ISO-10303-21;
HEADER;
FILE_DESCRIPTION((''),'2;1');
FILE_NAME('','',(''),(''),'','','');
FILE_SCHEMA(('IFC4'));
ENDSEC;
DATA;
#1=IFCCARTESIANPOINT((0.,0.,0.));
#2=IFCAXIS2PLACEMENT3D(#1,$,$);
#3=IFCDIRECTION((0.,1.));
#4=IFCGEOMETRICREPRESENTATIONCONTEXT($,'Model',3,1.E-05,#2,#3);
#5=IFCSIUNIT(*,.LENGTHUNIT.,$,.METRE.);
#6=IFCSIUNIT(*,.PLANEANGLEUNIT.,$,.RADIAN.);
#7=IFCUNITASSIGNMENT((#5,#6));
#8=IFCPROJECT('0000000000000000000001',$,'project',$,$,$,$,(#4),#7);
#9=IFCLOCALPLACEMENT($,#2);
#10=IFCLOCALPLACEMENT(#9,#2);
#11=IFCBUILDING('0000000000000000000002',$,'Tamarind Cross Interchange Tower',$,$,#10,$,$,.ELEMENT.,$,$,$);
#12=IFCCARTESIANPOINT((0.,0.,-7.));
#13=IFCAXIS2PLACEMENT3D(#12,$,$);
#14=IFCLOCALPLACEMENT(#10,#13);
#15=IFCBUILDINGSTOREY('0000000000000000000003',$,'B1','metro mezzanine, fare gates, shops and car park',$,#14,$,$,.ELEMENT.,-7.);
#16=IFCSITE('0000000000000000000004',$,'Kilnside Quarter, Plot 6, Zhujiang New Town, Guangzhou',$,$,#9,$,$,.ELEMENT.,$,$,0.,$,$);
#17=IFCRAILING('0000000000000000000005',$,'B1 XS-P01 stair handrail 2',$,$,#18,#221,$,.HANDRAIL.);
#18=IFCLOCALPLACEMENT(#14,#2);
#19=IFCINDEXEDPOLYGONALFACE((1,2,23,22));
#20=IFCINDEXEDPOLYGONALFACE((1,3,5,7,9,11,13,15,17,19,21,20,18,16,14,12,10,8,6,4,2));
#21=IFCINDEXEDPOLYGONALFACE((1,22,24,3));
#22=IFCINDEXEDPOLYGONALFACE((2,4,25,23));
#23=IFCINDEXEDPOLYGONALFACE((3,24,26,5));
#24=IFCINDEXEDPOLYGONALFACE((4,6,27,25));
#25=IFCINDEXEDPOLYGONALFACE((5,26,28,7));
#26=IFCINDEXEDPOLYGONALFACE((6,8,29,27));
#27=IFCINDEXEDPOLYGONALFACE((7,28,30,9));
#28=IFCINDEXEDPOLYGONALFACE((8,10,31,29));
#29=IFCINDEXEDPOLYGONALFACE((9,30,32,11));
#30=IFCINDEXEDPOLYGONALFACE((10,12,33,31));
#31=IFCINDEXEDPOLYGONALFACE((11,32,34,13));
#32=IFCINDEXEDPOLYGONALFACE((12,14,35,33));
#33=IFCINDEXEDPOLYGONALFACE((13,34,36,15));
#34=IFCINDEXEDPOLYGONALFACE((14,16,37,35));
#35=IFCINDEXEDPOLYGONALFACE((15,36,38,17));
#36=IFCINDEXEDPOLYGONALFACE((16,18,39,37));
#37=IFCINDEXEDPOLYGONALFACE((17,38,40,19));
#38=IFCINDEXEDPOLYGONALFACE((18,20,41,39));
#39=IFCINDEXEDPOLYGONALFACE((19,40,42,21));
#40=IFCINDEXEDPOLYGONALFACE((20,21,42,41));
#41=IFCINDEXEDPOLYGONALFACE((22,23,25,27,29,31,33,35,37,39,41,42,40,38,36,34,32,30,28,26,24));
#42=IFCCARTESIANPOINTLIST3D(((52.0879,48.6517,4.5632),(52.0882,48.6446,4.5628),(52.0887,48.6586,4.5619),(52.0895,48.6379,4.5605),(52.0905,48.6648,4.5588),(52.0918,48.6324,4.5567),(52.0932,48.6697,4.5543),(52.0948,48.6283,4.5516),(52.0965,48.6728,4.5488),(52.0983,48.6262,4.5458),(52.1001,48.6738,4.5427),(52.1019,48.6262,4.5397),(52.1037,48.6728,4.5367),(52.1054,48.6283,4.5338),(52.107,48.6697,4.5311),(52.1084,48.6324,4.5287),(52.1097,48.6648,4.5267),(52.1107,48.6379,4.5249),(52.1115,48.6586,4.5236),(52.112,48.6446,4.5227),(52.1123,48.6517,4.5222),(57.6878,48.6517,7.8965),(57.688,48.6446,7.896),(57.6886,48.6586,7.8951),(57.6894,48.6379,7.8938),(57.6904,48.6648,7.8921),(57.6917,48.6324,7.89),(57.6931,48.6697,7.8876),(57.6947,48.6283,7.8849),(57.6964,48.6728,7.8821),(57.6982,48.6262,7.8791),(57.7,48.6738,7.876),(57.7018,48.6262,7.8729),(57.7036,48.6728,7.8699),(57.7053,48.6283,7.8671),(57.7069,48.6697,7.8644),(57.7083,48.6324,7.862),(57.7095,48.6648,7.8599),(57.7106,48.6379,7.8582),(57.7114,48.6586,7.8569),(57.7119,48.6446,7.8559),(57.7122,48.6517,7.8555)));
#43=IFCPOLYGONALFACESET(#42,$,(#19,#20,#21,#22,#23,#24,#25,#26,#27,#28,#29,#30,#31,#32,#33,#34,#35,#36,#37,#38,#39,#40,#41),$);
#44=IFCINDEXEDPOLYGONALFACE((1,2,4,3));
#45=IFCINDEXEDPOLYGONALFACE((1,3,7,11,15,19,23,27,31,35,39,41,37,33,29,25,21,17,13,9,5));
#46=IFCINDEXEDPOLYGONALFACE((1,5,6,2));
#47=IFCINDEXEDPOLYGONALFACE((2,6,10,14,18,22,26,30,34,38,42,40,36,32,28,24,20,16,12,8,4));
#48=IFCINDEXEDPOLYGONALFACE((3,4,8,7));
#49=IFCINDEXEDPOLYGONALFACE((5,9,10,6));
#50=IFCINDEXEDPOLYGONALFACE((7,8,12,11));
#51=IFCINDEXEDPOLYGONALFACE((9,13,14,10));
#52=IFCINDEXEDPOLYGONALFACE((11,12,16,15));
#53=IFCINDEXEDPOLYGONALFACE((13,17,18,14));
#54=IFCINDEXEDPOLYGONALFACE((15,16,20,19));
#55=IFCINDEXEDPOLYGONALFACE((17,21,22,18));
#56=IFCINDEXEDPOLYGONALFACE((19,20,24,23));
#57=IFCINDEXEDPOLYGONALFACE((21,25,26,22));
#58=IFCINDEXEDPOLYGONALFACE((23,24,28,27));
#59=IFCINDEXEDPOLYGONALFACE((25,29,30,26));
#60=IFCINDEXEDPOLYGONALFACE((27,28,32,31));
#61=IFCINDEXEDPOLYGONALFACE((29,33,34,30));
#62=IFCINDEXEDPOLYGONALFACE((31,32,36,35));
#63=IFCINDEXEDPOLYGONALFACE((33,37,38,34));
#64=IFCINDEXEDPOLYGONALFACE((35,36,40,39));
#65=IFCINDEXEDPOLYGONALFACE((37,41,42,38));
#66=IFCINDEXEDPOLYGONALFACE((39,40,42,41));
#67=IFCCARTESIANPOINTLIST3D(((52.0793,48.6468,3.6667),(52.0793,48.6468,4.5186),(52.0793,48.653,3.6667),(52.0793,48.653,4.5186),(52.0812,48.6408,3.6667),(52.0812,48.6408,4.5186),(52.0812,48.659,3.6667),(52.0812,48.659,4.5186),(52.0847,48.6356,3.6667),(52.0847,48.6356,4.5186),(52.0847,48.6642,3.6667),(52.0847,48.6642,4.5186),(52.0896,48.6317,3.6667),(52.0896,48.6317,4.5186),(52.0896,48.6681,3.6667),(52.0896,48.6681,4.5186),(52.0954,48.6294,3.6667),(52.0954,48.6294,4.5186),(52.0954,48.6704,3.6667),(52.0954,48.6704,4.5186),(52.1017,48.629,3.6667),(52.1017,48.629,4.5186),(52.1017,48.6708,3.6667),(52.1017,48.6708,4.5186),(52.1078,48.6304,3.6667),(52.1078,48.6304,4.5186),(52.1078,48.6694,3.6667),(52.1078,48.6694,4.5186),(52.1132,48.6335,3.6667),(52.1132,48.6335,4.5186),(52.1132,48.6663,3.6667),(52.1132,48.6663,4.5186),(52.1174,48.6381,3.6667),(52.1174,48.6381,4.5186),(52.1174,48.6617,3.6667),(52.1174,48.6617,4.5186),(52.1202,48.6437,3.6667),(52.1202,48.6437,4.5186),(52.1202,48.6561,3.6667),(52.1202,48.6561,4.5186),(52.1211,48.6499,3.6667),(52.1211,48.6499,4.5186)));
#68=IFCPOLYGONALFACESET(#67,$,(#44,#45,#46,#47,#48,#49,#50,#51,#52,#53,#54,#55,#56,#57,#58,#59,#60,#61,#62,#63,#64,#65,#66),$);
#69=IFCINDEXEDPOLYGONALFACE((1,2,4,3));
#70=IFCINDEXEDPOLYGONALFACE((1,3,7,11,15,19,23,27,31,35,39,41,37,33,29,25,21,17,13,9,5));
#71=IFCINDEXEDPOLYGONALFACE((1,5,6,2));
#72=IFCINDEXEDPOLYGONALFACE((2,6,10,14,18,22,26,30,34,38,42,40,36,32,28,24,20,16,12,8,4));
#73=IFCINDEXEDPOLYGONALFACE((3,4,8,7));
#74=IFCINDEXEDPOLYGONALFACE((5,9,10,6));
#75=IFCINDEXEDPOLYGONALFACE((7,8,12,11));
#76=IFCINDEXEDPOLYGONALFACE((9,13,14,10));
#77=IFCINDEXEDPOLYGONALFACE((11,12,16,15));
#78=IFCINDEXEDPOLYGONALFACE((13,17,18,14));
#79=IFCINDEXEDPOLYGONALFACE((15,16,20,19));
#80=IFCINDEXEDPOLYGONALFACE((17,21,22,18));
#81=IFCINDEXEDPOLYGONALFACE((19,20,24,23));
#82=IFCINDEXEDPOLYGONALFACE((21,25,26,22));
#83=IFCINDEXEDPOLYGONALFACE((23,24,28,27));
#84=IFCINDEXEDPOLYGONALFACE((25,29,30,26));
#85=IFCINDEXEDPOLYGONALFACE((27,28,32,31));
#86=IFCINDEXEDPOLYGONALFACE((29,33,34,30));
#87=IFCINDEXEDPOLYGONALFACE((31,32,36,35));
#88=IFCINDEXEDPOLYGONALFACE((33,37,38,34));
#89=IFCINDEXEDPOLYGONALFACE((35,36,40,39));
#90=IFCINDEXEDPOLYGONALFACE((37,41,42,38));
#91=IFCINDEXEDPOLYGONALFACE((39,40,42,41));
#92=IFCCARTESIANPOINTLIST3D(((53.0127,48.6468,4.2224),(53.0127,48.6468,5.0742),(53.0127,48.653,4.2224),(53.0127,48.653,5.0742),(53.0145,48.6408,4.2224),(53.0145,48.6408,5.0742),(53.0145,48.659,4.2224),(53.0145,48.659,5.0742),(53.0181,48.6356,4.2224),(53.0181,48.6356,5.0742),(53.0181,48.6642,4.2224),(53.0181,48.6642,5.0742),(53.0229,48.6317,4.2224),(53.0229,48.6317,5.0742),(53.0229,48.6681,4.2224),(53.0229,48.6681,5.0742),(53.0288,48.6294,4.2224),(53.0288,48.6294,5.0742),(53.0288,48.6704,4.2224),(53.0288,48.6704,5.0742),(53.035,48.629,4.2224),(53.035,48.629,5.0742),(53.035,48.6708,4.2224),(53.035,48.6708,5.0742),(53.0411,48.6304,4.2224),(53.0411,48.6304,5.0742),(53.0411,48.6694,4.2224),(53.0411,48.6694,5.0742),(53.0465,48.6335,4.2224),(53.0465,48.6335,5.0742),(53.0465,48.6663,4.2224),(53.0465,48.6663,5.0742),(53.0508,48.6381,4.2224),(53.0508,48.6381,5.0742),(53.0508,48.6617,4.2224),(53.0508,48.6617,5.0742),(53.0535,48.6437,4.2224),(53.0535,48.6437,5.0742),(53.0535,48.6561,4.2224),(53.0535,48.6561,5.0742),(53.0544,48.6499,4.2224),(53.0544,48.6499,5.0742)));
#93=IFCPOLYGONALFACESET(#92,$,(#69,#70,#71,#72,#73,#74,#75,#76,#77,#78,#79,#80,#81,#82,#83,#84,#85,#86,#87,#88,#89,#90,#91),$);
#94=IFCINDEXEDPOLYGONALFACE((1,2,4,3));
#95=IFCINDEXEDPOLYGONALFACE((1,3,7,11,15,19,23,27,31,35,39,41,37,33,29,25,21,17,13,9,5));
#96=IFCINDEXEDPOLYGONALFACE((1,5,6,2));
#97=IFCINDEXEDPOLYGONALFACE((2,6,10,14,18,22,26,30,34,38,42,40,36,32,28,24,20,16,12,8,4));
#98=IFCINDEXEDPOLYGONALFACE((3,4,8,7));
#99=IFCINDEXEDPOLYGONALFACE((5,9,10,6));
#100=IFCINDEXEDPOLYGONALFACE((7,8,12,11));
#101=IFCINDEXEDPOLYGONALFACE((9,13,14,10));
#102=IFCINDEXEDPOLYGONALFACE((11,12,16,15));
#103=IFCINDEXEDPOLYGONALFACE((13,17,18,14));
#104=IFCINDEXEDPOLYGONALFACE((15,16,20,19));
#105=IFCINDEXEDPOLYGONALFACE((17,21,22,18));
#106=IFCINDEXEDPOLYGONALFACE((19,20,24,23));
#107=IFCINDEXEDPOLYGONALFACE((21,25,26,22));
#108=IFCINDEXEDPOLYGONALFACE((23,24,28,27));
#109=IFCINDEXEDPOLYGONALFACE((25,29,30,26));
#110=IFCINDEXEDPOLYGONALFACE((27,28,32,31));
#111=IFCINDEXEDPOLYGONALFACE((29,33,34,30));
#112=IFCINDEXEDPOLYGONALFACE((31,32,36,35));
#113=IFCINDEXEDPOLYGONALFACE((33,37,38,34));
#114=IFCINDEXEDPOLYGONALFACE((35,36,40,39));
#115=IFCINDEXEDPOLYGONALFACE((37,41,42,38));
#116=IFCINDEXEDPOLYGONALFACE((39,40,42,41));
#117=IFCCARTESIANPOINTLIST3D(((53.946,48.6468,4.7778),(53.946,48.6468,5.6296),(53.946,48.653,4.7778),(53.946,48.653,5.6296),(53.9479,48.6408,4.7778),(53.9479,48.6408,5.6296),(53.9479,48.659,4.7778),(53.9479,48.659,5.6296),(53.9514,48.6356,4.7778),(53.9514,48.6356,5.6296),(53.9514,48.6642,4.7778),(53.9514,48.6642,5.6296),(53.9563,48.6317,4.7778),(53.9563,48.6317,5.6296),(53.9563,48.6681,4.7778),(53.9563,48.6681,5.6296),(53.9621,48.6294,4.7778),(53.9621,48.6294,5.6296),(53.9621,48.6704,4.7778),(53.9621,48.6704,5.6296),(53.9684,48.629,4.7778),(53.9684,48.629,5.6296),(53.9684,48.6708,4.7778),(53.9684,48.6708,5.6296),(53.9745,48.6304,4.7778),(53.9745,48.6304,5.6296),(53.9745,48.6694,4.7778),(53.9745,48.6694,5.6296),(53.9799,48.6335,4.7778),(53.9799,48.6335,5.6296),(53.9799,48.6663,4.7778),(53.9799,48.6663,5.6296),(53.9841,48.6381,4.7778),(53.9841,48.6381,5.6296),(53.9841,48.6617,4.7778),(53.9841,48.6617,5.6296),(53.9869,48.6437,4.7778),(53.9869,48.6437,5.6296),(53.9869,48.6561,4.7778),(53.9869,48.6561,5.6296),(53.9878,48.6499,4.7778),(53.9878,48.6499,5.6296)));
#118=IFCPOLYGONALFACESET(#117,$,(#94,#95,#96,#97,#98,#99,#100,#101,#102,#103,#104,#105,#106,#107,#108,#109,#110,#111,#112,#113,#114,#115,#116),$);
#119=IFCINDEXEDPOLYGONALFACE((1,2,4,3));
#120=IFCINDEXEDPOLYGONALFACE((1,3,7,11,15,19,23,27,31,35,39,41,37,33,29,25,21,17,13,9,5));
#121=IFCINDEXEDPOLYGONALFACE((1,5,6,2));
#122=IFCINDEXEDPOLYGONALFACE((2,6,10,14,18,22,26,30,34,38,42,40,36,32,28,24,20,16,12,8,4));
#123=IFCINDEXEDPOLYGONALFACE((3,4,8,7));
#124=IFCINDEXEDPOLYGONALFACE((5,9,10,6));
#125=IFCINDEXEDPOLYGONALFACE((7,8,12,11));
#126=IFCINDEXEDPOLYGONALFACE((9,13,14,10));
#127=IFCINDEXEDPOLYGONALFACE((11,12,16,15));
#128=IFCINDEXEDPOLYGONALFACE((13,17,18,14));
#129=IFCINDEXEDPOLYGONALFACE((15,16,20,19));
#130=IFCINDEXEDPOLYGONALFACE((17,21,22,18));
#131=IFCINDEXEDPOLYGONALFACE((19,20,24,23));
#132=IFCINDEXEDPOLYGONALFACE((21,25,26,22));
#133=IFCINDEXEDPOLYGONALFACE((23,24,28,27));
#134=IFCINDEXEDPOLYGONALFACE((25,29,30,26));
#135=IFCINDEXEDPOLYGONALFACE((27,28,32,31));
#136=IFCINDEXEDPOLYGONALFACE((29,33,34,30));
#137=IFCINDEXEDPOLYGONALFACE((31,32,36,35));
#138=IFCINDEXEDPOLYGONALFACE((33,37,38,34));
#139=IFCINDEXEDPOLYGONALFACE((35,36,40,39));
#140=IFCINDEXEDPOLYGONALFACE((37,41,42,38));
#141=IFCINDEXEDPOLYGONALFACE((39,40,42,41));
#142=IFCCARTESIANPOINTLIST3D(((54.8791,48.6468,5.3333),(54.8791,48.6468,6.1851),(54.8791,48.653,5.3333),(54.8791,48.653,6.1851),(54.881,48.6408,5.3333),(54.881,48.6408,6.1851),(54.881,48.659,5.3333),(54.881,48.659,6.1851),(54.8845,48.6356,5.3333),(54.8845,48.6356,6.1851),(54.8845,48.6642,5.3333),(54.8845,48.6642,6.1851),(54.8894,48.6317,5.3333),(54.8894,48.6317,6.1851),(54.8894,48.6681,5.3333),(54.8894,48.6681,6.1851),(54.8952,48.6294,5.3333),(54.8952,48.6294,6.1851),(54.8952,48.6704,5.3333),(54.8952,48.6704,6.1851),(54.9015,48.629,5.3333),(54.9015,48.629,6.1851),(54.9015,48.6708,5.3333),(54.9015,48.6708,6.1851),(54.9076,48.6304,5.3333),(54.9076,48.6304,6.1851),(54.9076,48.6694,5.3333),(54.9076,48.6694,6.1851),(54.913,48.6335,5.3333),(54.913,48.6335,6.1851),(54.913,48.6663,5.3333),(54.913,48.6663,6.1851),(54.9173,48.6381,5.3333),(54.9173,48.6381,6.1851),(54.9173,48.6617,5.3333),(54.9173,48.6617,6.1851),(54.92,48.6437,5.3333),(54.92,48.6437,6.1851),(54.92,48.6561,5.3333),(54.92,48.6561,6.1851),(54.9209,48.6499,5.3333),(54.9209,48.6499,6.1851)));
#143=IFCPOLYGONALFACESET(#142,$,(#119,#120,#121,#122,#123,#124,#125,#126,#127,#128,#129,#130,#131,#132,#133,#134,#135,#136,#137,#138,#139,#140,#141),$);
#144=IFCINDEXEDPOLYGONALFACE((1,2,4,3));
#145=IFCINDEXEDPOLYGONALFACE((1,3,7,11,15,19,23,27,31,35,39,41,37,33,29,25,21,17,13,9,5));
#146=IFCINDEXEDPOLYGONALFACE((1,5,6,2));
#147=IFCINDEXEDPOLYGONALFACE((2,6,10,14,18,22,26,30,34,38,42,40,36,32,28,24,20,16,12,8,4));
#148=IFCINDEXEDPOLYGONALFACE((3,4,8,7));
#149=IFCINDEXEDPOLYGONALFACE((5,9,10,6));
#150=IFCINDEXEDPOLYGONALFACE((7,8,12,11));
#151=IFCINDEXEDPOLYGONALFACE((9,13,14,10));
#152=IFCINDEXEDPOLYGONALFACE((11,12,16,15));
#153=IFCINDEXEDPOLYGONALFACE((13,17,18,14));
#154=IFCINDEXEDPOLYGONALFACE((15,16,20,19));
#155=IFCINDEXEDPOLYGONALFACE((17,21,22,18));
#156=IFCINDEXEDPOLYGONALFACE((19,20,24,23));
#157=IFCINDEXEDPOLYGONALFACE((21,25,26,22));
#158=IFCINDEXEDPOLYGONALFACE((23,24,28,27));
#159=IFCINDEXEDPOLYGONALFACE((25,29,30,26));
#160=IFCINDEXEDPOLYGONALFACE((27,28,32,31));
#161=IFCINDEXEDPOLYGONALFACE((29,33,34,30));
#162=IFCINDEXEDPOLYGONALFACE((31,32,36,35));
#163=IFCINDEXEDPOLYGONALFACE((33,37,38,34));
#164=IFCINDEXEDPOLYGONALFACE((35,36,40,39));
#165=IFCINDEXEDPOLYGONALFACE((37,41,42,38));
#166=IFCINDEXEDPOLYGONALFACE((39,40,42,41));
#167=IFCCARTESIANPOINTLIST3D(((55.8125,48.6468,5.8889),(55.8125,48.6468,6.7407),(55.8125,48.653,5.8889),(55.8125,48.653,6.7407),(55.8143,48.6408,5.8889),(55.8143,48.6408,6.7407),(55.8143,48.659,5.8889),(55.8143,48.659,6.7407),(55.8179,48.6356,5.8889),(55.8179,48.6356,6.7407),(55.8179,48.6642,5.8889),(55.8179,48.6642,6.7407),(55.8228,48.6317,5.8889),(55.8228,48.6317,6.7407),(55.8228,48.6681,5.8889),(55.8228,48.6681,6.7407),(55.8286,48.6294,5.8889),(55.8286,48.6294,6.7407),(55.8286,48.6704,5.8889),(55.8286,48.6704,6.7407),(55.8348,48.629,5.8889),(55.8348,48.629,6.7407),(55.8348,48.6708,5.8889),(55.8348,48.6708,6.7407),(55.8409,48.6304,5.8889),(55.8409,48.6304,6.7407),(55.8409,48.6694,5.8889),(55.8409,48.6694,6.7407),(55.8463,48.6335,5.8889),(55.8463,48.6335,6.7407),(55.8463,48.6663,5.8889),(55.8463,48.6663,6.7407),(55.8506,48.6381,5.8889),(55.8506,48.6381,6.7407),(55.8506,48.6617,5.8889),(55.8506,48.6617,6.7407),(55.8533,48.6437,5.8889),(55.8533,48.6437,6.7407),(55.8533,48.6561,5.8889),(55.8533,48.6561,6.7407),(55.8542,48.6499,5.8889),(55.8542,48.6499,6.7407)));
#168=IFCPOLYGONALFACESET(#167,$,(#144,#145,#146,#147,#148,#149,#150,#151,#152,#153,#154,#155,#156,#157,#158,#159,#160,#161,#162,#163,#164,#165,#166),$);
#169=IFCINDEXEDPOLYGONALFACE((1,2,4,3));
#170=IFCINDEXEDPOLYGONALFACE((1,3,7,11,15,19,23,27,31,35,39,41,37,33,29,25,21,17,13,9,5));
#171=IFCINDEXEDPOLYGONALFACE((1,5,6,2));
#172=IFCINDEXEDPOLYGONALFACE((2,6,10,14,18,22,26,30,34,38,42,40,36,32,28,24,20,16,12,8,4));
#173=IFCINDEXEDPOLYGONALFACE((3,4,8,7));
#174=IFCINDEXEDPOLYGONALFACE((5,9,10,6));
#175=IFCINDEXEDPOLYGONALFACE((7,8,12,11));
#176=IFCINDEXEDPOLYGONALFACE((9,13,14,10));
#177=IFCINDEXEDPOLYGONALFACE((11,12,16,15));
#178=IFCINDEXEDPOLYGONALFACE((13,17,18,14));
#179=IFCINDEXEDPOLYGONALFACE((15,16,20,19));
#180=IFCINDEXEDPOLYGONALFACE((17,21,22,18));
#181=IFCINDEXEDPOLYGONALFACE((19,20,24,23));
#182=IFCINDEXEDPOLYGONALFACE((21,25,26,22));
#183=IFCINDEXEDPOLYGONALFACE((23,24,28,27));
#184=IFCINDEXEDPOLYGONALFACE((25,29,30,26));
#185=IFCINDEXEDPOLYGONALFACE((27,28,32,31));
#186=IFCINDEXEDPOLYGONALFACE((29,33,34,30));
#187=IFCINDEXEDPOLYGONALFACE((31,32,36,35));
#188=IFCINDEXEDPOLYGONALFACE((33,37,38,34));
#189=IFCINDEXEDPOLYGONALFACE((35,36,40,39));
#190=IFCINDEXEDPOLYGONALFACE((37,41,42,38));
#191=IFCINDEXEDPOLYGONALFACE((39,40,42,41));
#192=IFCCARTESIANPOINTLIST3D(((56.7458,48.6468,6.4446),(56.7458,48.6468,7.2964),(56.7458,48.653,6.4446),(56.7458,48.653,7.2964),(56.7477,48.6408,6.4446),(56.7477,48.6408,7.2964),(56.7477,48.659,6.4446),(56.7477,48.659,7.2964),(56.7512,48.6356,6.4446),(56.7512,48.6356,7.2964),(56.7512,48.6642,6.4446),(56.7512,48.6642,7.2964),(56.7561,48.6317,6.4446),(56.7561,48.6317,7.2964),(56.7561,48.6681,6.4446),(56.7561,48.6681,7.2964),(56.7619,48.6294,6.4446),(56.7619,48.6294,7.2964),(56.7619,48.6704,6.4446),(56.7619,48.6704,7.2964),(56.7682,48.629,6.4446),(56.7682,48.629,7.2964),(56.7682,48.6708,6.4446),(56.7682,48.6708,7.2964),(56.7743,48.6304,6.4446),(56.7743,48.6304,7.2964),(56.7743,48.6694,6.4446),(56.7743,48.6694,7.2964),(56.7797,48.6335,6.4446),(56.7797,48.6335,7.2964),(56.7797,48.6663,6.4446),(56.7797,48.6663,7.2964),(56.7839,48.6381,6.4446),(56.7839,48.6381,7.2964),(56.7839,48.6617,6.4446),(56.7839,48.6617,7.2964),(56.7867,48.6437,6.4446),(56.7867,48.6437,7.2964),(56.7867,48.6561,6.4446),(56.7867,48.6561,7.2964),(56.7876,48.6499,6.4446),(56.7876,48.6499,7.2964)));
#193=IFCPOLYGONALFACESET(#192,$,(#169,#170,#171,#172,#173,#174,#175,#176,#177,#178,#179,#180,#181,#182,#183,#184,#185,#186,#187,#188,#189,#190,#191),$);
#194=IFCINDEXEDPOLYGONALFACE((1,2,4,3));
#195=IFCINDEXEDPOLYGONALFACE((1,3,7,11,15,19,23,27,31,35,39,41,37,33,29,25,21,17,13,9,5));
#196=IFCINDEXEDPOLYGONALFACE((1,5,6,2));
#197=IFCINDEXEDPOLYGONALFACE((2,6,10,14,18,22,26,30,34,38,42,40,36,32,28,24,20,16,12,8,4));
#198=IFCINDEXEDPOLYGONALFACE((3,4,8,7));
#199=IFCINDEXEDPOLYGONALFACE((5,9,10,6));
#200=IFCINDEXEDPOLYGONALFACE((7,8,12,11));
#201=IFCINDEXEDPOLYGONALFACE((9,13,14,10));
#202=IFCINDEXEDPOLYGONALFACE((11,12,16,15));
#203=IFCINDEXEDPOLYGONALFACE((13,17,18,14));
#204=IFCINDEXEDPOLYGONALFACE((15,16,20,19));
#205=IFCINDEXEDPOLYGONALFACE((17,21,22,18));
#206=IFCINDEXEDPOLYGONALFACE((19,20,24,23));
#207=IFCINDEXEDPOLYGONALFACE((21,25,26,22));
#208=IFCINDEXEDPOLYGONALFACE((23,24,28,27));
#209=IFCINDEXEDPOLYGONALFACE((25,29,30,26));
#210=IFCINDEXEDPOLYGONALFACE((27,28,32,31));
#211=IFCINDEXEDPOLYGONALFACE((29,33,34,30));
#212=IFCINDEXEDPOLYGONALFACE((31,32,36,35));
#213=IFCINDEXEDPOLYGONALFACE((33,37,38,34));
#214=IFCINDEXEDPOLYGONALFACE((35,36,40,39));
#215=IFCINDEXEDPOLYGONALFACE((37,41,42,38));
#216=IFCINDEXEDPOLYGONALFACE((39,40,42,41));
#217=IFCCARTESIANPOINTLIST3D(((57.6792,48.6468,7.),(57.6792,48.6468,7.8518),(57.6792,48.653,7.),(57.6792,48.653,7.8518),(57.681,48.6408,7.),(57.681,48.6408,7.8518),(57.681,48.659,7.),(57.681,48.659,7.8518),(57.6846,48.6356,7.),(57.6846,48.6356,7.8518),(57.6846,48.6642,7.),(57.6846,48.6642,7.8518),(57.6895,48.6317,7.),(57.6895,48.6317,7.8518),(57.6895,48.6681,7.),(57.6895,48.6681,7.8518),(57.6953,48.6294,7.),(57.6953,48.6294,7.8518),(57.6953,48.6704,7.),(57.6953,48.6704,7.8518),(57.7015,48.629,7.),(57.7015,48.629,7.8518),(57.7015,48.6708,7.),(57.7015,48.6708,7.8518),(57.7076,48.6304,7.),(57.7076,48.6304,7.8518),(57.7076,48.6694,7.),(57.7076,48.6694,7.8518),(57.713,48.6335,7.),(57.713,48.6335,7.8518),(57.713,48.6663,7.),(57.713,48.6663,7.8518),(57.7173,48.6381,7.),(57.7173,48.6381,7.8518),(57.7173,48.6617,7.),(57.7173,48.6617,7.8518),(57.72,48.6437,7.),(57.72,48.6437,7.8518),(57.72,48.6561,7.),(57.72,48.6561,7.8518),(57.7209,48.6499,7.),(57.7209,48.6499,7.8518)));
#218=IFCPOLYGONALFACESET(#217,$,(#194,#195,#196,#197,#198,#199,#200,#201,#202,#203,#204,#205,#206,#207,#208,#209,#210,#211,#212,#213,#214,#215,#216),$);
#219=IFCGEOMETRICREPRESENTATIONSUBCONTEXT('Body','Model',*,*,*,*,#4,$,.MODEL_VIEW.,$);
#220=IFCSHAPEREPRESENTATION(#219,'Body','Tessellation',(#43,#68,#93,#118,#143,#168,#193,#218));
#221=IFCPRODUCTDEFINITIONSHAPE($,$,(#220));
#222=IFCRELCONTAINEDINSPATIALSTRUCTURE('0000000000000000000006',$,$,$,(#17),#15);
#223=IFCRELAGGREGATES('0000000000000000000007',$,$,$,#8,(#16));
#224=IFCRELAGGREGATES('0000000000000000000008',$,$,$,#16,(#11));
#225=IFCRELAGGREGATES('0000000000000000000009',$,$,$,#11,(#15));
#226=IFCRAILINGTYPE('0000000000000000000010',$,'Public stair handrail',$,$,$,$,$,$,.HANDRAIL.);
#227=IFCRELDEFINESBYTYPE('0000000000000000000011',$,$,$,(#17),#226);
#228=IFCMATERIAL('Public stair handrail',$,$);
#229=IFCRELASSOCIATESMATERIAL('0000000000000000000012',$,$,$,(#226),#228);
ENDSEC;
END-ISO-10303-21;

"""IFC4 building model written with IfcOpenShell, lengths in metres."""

from ifc_helpers import new_model, si_unit, direction, frame, origin, origin_2d, place, context, subcontext, project, spatial, circle, extrude, material, type_object, element, save


model = new_model("IFC4")

# Units and contexts
model_context = context("Model", 3, precision=1e-05, world=origin(), true_north=direction((0.0, 1.0)))
body_context = subcontext(model_context, "Body", "Model", "MODEL_VIEW")
ifc_project = project(units=[si_unit("LENGTHUNIT", "METRE"), si_unit("PLANEANGLEUNIT", "RADIAN")], contexts=[model_context])

# Site, building, storey
site_placement = place(None, origin())
site = spatial("IfcSite", under=ifc_project, at=site_placement, Name="Kilnside Quarter, Plot 6, Zhujiang New Town, Guangzhou", CompositionType="ELEMENT", RefElevation=0.0)
building_placement = place(site_placement, origin())
building = spatial("IfcBuilding", under=site, at=building_placement, Name="Tamarind Cross Interchange Tower", CompositionType="ELEMENT")
storey_placement = place(building_placement, frame((0.0, 0.0, -7.0)))
storey = spatial("IfcBuildingStorey", under=building, at=storey_placement, Name="B1", Description="metro mezzanine, fare gates, shops and car park", CompositionType="ELEMENT", Elevation=-7.0)

# Railing
ifc_material_1 = material(Name="Public stair handrail")
railing_type_1 = type_object("IfcRailingType", Name="Public stair handrail", PredefinedType="HANDRAIL", material=ifc_material_1)
railing_1_placement = place(storey_placement, frame((52.1001, 48.6499, 3.6667)))
element("IfcRailing", 1, at=railing_1_placement, inside=storey, type_object=railing_type_1, Name="B1 XS-P01 stair handrail 2", PredefinedType="HANDRAIL", context=body_context, shape_type="SweptSolid", body=[
    extrude(circle(Radius=0.0239, at=origin_2d()), frame((0.0, 0.0, 0.876), z_axis=(0.859292, 0.0, 0.511485), x_axis=(0.0, 1.0, 0.0)), (0.0, 0.0, 1.0), 6.5168),
    extrude(circle(Radius=0.021, at=origin_2d()), origin(), (0.0, 0.0, 1.0), 0.8518),
    extrude(circle(Radius=0.021, at=origin_2d()), frame((0.9333, 0.0, 0.5557)), (0.0, 0.0, 1.0), 0.8518),
    extrude(circle(Radius=0.021, at=origin_2d()), frame((1.8667, 0.0, 1.1111)), (0.0, 0.0, 1.0), 0.8518),
    extrude(circle(Radius=0.021, at=origin_2d()), frame((2.7998, 0.0, 1.6665)), (0.0, 0.0, 1.0), 0.8518),
    extrude(circle(Radius=0.021, at=origin_2d()), frame((3.7332, 0.0, 2.2222)), (0.0, 0.0, 1.0), 0.8518),
    extrude(circle(Radius=0.021, at=origin_2d()), frame((4.6665, 0.0, 2.7778)), (0.0, 0.0, 1.0), 0.8518),
    extrude(circle(Radius=0.021, at=origin_2d()), frame((5.5999, 0.0, 3.3333)), (0.0, 0.0, 1.0), 0.8518),
])

save(model, "model.ifc")
